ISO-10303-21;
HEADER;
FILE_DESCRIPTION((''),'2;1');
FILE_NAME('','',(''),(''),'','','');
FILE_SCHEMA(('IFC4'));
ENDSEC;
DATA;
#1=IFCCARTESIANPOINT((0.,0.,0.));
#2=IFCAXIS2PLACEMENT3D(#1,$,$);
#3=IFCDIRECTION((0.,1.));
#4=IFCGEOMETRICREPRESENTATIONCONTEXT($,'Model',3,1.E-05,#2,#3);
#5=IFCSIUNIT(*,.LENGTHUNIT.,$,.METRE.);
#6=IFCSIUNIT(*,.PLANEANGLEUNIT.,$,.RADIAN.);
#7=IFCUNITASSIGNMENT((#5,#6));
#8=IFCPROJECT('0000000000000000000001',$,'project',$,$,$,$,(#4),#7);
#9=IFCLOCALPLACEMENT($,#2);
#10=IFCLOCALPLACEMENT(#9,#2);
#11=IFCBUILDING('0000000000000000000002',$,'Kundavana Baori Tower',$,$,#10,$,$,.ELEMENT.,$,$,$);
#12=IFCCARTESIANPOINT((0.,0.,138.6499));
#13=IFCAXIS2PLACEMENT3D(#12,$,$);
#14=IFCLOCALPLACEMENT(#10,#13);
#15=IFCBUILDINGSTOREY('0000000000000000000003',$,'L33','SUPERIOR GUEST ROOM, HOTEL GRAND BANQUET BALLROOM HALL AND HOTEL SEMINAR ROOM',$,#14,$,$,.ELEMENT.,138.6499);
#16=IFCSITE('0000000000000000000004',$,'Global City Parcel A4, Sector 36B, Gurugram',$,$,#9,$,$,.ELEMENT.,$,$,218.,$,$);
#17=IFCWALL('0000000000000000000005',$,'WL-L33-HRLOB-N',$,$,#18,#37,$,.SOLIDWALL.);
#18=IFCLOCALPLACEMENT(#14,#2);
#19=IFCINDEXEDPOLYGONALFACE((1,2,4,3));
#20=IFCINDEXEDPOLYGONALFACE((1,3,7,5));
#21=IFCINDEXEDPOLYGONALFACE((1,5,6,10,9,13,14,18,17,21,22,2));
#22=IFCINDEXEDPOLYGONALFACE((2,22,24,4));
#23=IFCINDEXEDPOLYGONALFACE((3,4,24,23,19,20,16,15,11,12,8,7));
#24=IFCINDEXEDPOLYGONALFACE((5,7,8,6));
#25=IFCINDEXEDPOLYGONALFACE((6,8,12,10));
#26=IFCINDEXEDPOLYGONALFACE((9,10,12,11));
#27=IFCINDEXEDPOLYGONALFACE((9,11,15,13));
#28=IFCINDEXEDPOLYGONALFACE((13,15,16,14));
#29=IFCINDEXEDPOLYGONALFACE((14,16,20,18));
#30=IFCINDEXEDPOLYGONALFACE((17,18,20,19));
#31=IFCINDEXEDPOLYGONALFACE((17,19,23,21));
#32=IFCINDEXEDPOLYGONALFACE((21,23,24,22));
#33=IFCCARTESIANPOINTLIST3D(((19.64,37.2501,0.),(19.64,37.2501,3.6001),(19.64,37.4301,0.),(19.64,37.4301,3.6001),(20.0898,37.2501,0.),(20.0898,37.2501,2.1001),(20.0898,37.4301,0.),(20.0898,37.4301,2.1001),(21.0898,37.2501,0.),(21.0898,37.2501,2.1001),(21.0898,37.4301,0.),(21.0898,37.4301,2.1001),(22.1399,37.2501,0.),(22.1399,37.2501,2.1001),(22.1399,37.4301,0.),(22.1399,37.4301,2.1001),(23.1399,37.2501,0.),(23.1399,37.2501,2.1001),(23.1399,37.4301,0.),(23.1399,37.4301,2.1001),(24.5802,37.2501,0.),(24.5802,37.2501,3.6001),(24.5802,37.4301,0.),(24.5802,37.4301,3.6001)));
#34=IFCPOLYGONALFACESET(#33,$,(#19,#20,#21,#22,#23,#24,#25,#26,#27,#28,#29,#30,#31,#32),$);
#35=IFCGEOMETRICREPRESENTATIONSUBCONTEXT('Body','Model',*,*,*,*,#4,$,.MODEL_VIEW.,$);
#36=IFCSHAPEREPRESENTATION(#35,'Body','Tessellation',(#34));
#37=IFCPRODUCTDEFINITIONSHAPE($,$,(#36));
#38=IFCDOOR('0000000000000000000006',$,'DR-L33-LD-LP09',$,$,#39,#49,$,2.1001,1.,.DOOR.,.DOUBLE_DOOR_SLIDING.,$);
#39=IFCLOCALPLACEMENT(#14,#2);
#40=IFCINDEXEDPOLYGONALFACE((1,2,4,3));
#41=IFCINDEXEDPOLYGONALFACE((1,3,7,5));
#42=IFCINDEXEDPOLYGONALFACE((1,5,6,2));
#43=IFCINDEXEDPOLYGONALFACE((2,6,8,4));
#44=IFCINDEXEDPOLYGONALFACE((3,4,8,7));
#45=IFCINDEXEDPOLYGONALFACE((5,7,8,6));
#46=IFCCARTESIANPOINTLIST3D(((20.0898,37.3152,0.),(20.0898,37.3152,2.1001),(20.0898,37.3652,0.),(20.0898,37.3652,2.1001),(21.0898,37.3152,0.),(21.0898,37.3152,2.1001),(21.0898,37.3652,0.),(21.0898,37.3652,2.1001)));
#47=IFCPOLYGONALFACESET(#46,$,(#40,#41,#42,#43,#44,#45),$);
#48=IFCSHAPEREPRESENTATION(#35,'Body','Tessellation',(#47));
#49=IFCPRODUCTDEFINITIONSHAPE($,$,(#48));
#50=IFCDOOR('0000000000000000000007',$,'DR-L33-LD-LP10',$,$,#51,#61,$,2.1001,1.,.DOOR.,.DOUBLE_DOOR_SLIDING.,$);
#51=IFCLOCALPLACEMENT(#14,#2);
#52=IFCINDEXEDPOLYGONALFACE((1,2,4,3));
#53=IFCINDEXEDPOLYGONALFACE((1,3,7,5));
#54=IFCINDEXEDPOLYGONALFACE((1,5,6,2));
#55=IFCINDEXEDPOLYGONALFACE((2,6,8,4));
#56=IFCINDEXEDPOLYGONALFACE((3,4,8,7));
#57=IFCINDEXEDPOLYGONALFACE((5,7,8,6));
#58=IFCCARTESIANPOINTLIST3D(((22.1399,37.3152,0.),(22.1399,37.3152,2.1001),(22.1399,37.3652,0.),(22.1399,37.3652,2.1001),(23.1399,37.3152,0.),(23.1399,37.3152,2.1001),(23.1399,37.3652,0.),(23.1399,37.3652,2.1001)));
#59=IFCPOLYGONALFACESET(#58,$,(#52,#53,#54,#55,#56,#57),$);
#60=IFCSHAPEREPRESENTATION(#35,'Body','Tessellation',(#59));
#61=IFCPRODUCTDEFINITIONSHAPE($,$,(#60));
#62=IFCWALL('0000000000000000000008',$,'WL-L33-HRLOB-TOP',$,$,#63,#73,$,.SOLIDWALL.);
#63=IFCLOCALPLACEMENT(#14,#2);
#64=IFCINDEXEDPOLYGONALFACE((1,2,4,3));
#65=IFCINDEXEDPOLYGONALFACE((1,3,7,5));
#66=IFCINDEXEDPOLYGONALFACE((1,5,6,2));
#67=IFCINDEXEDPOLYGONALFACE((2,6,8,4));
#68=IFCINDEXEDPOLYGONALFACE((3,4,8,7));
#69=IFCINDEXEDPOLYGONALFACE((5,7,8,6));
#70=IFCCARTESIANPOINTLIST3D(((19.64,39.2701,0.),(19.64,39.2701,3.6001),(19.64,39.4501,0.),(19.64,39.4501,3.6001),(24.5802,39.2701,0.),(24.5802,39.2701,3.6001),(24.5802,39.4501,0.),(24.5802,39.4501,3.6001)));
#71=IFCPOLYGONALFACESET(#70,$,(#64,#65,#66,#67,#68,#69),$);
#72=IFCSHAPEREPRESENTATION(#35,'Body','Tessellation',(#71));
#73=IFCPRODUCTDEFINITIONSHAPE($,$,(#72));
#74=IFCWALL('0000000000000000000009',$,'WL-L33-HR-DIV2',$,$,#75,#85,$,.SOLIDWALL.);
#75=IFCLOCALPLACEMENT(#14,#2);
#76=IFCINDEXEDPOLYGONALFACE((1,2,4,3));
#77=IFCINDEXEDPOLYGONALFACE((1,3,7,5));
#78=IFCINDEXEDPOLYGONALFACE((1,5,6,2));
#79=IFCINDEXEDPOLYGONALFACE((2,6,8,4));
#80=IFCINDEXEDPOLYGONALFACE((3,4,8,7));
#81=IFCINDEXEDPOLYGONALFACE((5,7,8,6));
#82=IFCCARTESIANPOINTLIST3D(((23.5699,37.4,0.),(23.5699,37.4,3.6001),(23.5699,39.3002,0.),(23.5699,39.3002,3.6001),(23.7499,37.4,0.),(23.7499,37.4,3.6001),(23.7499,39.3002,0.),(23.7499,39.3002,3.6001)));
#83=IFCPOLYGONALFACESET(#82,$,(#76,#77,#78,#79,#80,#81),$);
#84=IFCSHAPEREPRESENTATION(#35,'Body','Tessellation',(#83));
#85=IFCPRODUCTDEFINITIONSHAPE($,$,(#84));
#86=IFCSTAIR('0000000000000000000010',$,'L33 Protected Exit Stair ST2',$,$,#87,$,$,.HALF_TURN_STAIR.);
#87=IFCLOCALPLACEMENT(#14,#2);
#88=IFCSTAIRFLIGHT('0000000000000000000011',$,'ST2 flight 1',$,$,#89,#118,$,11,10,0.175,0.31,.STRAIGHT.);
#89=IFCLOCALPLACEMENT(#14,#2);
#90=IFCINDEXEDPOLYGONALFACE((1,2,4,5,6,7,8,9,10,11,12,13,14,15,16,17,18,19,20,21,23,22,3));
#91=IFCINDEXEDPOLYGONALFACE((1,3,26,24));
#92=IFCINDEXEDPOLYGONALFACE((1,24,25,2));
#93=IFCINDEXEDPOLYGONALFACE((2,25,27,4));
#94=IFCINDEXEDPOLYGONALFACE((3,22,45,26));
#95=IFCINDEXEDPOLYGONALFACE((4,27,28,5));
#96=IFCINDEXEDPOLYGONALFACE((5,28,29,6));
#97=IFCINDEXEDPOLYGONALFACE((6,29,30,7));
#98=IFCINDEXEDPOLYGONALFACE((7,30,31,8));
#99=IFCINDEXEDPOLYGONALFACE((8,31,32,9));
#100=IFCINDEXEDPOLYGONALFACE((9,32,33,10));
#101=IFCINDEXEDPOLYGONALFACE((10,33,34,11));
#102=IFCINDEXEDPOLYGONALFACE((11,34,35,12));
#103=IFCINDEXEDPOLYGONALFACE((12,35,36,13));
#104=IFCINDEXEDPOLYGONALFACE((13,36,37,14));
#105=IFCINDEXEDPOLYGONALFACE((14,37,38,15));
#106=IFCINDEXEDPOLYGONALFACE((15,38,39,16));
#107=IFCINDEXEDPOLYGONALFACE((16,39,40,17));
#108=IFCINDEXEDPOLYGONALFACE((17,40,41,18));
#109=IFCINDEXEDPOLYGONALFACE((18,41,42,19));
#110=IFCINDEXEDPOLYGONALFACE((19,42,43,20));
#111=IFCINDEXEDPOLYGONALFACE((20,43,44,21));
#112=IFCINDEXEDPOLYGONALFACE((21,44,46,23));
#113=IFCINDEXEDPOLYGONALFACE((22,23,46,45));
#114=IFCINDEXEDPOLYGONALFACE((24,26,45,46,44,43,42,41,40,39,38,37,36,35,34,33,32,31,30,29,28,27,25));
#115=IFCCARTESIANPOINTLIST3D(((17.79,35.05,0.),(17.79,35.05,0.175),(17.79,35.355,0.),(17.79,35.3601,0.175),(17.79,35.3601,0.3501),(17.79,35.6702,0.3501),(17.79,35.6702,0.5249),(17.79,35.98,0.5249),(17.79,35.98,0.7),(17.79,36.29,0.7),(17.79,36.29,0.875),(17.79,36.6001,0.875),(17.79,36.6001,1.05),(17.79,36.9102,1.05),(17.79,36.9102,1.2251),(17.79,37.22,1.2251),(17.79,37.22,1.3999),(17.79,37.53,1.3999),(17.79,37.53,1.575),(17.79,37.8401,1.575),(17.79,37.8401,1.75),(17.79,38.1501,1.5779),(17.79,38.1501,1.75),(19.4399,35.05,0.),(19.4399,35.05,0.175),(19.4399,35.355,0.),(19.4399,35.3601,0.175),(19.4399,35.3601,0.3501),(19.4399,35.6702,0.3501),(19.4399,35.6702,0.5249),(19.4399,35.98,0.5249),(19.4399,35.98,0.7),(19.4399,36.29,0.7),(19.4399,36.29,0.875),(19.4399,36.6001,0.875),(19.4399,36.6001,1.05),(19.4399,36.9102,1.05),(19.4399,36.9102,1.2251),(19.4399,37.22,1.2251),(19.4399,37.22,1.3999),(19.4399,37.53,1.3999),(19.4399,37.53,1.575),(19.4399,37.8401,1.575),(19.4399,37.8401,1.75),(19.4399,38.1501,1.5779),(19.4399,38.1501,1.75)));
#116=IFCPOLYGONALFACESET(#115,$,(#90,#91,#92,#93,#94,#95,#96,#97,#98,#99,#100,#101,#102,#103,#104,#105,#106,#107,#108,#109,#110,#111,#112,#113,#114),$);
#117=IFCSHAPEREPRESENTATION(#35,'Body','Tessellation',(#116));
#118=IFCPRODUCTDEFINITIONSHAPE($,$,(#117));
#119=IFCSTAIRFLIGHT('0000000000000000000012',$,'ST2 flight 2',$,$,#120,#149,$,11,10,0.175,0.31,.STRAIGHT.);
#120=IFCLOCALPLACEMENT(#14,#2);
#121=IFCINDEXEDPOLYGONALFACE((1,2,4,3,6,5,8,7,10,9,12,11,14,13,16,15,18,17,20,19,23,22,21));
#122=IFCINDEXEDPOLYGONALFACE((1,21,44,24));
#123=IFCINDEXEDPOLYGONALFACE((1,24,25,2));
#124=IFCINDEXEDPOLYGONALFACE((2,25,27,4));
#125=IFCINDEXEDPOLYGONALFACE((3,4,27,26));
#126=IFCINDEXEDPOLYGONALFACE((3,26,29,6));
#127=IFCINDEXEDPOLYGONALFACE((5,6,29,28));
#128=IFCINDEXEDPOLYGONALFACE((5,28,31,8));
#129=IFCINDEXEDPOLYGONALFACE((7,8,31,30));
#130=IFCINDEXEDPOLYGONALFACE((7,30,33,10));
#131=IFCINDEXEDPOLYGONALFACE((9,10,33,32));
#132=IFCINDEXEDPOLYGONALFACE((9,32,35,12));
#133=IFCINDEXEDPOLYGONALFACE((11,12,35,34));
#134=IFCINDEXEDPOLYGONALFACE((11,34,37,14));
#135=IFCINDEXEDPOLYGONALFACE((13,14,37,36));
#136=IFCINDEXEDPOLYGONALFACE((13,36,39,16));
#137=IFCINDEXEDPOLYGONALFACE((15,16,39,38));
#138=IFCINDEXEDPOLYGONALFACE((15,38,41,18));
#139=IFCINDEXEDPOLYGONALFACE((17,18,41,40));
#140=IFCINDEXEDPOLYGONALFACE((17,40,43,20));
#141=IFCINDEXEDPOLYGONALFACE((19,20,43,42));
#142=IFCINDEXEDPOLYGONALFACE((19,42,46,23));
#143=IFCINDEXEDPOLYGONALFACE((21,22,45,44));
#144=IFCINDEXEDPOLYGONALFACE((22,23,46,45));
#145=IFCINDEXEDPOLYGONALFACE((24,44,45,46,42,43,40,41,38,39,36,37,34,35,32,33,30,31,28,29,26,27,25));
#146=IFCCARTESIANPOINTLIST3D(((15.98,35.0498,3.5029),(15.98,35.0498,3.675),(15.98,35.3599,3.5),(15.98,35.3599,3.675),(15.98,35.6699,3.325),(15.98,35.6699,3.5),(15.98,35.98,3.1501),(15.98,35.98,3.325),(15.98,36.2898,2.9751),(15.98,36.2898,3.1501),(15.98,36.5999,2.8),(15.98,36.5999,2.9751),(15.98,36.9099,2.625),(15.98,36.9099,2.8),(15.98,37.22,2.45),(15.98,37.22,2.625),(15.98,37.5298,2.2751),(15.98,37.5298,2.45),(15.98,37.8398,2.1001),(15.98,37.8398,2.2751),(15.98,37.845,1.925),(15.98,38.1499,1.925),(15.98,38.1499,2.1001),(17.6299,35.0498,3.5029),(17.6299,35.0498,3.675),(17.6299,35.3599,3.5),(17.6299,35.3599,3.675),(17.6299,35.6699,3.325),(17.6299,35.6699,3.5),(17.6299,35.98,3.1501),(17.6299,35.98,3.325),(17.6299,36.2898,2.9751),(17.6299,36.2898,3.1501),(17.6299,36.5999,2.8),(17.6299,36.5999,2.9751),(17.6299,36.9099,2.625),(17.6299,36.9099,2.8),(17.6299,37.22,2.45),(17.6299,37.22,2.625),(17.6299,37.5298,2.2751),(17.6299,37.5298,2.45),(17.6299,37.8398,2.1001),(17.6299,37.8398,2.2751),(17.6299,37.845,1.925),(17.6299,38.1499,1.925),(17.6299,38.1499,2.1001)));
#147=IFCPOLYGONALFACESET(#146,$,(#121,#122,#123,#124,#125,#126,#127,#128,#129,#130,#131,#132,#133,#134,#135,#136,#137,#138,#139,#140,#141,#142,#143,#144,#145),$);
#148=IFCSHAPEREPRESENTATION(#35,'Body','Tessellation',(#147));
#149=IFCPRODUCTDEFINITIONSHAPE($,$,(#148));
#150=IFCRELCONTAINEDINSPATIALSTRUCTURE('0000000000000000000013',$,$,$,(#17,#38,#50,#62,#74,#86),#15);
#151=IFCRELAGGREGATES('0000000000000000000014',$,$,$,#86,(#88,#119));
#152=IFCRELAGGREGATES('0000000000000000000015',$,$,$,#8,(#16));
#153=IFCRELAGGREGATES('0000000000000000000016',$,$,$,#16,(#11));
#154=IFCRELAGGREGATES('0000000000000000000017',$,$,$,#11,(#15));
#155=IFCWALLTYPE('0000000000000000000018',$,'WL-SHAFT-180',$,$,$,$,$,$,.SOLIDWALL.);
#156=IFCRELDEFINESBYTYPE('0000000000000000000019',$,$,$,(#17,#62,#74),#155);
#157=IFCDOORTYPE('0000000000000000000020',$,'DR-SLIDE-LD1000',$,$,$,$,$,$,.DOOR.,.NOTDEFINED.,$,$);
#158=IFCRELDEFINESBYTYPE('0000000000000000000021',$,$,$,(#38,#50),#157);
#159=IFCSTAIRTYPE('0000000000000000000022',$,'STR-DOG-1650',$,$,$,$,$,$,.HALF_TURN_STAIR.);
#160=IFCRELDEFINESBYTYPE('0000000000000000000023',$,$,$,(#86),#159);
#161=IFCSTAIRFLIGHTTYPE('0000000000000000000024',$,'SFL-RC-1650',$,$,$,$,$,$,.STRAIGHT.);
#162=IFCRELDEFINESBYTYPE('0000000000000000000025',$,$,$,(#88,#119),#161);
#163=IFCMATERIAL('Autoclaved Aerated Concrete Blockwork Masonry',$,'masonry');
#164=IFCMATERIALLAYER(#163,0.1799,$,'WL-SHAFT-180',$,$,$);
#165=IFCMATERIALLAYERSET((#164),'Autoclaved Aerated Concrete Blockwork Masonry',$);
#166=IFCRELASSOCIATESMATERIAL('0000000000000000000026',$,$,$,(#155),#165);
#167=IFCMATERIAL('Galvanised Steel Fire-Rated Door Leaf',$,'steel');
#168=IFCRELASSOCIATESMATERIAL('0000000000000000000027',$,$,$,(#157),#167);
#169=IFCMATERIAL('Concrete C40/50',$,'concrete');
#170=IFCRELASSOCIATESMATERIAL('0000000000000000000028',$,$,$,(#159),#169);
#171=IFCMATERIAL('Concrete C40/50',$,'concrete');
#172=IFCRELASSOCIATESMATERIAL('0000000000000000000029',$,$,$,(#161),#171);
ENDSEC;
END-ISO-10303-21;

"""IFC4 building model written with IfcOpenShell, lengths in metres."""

from ifc_helpers import new_model, si_unit, direction, frame, frame_2d, origin, place, context, subcontext, project, spatial, polyline, rectangle, outline, extrude, material, layer, layer_set, type_object, element, fill, aggregate, save


model = new_model("IFC4")

# Units and contexts
model_context = context("Model", 3, precision=1e-05, world=origin(), true_north=direction((0.0, 1.0)))
body_context = subcontext(model_context, "Body", "Model", "MODEL_VIEW")
ifc_project = project(units=[si_unit("LENGTHUNIT", "METRE"), si_unit("PLANEANGLEUNIT", "RADIAN")], contexts=[model_context])

# Site, building, storey
site_placement = place(None, origin())
site = spatial("IfcSite", under=ifc_project, at=site_placement, Name="Global City Parcel A4, Sector 36B, Gurugram", CompositionType="ELEMENT", RefElevation=218.0)
building_placement = place(site_placement, origin())
building = spatial("IfcBuilding", under=site, at=building_placement, Name="Kundavana Baori Tower", CompositionType="ELEMENT")
storey_placement = place(building_placement, frame((0.0, 0.0, 138.6499)))
storey = spatial("IfcBuildingStorey", under=building, at=storey_placement, Name="L33", Description="SUPERIOR GUEST ROOM, HOTEL GRAND BANQUET BALLROOM HALL AND HOTEL SEMINAR ROOM", CompositionType="ELEMENT", Elevation=138.6499)

# Shared definitions
ifc_material_1 = material(Name="Autoclaved Aerated Concrete Blockwork Masonry", Category="masonry")
ifc_layer_1 = layer(ifc_material_1, 0.1799, Name="WL-SHAFT-180")
ifc_layer_set_1 = layer_set([ifc_layer_1], Name="Autoclaved Aerated Concrete Blockwork Masonry")
wall_type_1 = type_object("IfcWallType", Name="WL-SHAFT-180", PredefinedType="SOLIDWALL", material=ifc_layer_set_1)
ifc_material_2 = material(Name="Galvanised Steel Fire-Rated Door Leaf", Category="steel")
door_type = type_object("IfcDoorType", Name="DR-SLIDE-LD1000", OperationType="NOTDEFINED", PredefinedType="DOOR", material=ifc_material_2)

# Wall, openings, doors
wall_1_placement = place(storey_placement, frame((19.6399, 37.3401, 0.0), z_axis=(0.0, 0.0, 1.0), x_axis=(1.0, 0.0, 0.0)))
wall_1 = element("IfcWall", 1, at=wall_1_placement, inside=storey, type_object=wall_type_1, Name="WL-L33-HRLOB-N", PredefinedType="SOLIDWALL", context=body_context, shape_type="SweptSolid", body=[
    extrude(rectangle(XDim=4.9402, YDim=0.1799, at=frame_2d((2.4702, 0.0))), origin(), (0.0, 0.0, 1.0), 3.6001),
])
opening_1_placement = place(wall_1_placement, frame((0.45, 0.0, 0.0)))
opening_1 = element("IfcOpeningElement", 2, at=opening_1_placement, cuts=wall_1, PredefinedType="OPENING", context=body_context, shape_type="SweptSolid", body=[
    extrude(rectangle(XDim=1.0, YDim=2.1001, at=frame_2d((0.5, 1.05))), frame((0.0, 0.1001, 0.0), z_axis=(0.0, -1.0, 0.0), x_axis=(1.0, 0.0, 0.0)), (0.0, 0.0, 1.0), 0.2),
])
opening_2_placement = place(wall_1_placement, frame((2.5, 0.0, 0.0)))
opening_2 = element("IfcOpeningElement", 3, at=opening_2_placement, cuts=wall_1, PredefinedType="OPENING", context=body_context, shape_type="SweptSolid", body=[
    extrude(rectangle(XDim=1.0, YDim=2.1001, at=frame_2d((0.5, 1.05))), frame((0.0, 0.1001, 0.0), z_axis=(0.0, -1.0, 0.0), x_axis=(1.0, 0.0, 0.0)), (0.0, 0.0, 1.0), 0.2),
])
door_1_placement = place(opening_1_placement, frame((1.0, 0.0, 0.0), z_axis=(0.0, 0.0, 1.0), x_axis=(-1.0, 0.0, 0.0)))
door_1 = element("IfcDoor", 4, at=door_1_placement, inside=storey, type_object=door_type, Name="DR-L33-LD-LP09", OperationType="DOUBLE_DOOR_SLIDING", OverallHeight=2.1001, OverallWidth=1.0, PredefinedType="DOOR", context=body_context, shape_type="SweptSolid", body=[
    extrude(rectangle(XDim=1.0, YDim=2.1001, at=frame_2d((0.5, 1.05))), frame((0.0, 0.0249, 0.0), z_axis=(0.0, -1.0, 0.0), x_axis=(1.0, 0.0, 0.0)), (0.0, 0.0, 1.0), 0.05),
])
fill(opening_1, door_1)
door_2_placement = place(opening_2_placement, frame((1.0, 0.0, 0.0), z_axis=(0.0, 0.0, 1.0), x_axis=(-1.0, 0.0, 0.0)))
door_2 = element("IfcDoor", 5, at=door_2_placement, inside=storey, type_object=door_type, Name="DR-L33-LD-LP10", OperationType="DOUBLE_DOOR_SLIDING", OverallHeight=2.1001, OverallWidth=1.0, PredefinedType="DOOR", context=body_context, shape_type="SweptSolid", body=[
    extrude(rectangle(XDim=1.0, YDim=2.1001, at=frame_2d((0.5, 1.05))), frame((0.0, 0.0249, 0.0), z_axis=(0.0, -1.0, 0.0), x_axis=(1.0, 0.0, 0.0)), (0.0, 0.0, 1.0), 0.05),
])
fill(opening_2, door_2)

# Walls
wall_2_placement = place(storey_placement, frame((19.6399, 39.3601, 0.0), z_axis=(0.0, 0.0, 1.0), x_axis=(1.0, 0.0, 0.0)))
element("IfcWall", 6, at=wall_2_placement, inside=storey, type_object=wall_type_1, Name="WL-L33-HRLOB-TOP", PredefinedType="SOLIDWALL", context=body_context, shape_type="SweptSolid", body=[
    extrude(rectangle(XDim=4.9402, YDim=0.1799, at=frame_2d((2.4702, 0.0))), origin(), (0.0, 0.0, 1.0), 3.6001),
])
wall_3_placement = place(storey_placement, frame((23.6599, 37.3999, 0.0), z_axis=(0.0, 0.0, 1.0), x_axis=(0.0, 1.0, 0.0)))
element("IfcWall", 7, at=wall_3_placement, inside=storey, type_object=wall_type_1, Name="WL-L33-HR-DIV2", PredefinedType="SOLIDWALL", context=body_context, shape_type="SweptSolid", body=[
    extrude(rectangle(XDim=1.9001, YDim=0.1799, at=frame_2d((0.9502, 0.0))), origin(), (0.0, 0.0, 1.0), 3.6001),
])

# Stair, stair flights
ifc_material_3 = material(Name="Concrete C40/50", Category="concrete")
stair_type = type_object("IfcStairType", Name="STR-DOG-1650", PredefinedType="HALF_TURN_STAIR", material=ifc_material_3)
stair_placement = place(storey_placement, origin())
stair = element("IfcStair", 8, at=stair_placement, inside=storey, type_object=stair_type, Name="L33 Protected Exit Stair ST2", PredefinedType="HALF_TURN_STAIR")
ifc_material_4 = material(Name="Concrete C40/50", Category="concrete")
stair_flight_type = type_object("IfcStairFlightType", Name="SFL-RC-1650", PredefinedType="STRAIGHT", material=ifc_material_4)
stair_flight_1_placement = place(storey_placement, frame((18.615, 35.05, 0.0), z_axis=(0.0, 0.0, 1.0), x_axis=(0.0, 1.0, 0.0)))
stair_flight_1 = element("IfcStairFlight", 9, at=stair_flight_1_placement, type_object=stair_flight_type, Name="ST2 flight 1", NumberOfRisers=11, NumberOfTreads=10, PredefinedType="STRAIGHT", RiserHeight=0.175, TreadLength=0.31, context=body_context, shape_type="SweptSolid", body=[
    extrude(outline(polyline([(0.0, 0.0), (0.0, 0.175), (0.3101, 0.175), (0.3101, 0.3501), (0.6201, 0.3501), (0.6201, 0.5249), (0.9299, 0.5249), (0.9299, 0.7), (1.24, 0.7), (1.24, 0.875), (1.55, 0.875), (1.55, 1.05), (1.8601, 1.05), (1.8601, 1.2251), (2.1699, 1.2251), (2.1699, 1.3999), (2.48, 1.3999), (2.48, 1.575), (2.79, 1.575), (2.79, 1.75), (3.1001, 1.75), (3.1001, 1.925), (3.1001, 1.5779), (0.3049, 0.0), (0.0, 0.0)])), frame((0.0, 0.825, 0.0), z_axis=(0.0, -1.0, 0.0), x_axis=(1.0, 0.0, 0.0)), (0.0, 0.0, 1.0), 1.6499),
])
stair_flight_2_placement = place(storey_placement, frame((16.8049, 38.1499, 1.925), z_axis=(0.0, 0.0, 1.0), x_axis=(0.0, -1.0, 0.0)))
stair_flight_2 = element("IfcStairFlight", 10, at=stair_flight_2_placement, type_object=stair_flight_type, Name="ST2 flight 2", NumberOfRisers=11, NumberOfTreads=10, PredefinedType="STRAIGHT", RiserHeight=0.175, TreadLength=0.31, context=body_context, shape_type="SweptSolid", body=[
    extrude(outline(polyline([(0.0, 0.0), (0.0, 0.175), (0.3101, 0.175), (0.3101, 0.3501), (0.6201, 0.3501), (0.6201, 0.5249), (0.9299, 0.5249), (0.9299, 0.7), (1.24, 0.7), (1.24, 0.875), (1.55, 0.875), (1.55, 1.05), (1.8601, 1.05), (1.8601, 1.2251), (2.1699, 1.2251), (2.1699, 1.3999), (2.48, 1.3999), (2.48, 1.575), (2.79, 1.575), (2.79, 1.75), (3.1001, 1.75), (3.1001, 1.925), (3.1001, 1.5779), (0.3049, 0.0), (0.0, 0.0)])), frame((0.0, 0.825, 0.0), z_axis=(0.0, -1.0, 0.0), x_axis=(1.0, 0.0, 0.0)), (0.0, 0.0, 1.0), 1.6499),
])
aggregate(stair, [stair_flight_1, stair_flight_2])

save(model, "model.ifc")
